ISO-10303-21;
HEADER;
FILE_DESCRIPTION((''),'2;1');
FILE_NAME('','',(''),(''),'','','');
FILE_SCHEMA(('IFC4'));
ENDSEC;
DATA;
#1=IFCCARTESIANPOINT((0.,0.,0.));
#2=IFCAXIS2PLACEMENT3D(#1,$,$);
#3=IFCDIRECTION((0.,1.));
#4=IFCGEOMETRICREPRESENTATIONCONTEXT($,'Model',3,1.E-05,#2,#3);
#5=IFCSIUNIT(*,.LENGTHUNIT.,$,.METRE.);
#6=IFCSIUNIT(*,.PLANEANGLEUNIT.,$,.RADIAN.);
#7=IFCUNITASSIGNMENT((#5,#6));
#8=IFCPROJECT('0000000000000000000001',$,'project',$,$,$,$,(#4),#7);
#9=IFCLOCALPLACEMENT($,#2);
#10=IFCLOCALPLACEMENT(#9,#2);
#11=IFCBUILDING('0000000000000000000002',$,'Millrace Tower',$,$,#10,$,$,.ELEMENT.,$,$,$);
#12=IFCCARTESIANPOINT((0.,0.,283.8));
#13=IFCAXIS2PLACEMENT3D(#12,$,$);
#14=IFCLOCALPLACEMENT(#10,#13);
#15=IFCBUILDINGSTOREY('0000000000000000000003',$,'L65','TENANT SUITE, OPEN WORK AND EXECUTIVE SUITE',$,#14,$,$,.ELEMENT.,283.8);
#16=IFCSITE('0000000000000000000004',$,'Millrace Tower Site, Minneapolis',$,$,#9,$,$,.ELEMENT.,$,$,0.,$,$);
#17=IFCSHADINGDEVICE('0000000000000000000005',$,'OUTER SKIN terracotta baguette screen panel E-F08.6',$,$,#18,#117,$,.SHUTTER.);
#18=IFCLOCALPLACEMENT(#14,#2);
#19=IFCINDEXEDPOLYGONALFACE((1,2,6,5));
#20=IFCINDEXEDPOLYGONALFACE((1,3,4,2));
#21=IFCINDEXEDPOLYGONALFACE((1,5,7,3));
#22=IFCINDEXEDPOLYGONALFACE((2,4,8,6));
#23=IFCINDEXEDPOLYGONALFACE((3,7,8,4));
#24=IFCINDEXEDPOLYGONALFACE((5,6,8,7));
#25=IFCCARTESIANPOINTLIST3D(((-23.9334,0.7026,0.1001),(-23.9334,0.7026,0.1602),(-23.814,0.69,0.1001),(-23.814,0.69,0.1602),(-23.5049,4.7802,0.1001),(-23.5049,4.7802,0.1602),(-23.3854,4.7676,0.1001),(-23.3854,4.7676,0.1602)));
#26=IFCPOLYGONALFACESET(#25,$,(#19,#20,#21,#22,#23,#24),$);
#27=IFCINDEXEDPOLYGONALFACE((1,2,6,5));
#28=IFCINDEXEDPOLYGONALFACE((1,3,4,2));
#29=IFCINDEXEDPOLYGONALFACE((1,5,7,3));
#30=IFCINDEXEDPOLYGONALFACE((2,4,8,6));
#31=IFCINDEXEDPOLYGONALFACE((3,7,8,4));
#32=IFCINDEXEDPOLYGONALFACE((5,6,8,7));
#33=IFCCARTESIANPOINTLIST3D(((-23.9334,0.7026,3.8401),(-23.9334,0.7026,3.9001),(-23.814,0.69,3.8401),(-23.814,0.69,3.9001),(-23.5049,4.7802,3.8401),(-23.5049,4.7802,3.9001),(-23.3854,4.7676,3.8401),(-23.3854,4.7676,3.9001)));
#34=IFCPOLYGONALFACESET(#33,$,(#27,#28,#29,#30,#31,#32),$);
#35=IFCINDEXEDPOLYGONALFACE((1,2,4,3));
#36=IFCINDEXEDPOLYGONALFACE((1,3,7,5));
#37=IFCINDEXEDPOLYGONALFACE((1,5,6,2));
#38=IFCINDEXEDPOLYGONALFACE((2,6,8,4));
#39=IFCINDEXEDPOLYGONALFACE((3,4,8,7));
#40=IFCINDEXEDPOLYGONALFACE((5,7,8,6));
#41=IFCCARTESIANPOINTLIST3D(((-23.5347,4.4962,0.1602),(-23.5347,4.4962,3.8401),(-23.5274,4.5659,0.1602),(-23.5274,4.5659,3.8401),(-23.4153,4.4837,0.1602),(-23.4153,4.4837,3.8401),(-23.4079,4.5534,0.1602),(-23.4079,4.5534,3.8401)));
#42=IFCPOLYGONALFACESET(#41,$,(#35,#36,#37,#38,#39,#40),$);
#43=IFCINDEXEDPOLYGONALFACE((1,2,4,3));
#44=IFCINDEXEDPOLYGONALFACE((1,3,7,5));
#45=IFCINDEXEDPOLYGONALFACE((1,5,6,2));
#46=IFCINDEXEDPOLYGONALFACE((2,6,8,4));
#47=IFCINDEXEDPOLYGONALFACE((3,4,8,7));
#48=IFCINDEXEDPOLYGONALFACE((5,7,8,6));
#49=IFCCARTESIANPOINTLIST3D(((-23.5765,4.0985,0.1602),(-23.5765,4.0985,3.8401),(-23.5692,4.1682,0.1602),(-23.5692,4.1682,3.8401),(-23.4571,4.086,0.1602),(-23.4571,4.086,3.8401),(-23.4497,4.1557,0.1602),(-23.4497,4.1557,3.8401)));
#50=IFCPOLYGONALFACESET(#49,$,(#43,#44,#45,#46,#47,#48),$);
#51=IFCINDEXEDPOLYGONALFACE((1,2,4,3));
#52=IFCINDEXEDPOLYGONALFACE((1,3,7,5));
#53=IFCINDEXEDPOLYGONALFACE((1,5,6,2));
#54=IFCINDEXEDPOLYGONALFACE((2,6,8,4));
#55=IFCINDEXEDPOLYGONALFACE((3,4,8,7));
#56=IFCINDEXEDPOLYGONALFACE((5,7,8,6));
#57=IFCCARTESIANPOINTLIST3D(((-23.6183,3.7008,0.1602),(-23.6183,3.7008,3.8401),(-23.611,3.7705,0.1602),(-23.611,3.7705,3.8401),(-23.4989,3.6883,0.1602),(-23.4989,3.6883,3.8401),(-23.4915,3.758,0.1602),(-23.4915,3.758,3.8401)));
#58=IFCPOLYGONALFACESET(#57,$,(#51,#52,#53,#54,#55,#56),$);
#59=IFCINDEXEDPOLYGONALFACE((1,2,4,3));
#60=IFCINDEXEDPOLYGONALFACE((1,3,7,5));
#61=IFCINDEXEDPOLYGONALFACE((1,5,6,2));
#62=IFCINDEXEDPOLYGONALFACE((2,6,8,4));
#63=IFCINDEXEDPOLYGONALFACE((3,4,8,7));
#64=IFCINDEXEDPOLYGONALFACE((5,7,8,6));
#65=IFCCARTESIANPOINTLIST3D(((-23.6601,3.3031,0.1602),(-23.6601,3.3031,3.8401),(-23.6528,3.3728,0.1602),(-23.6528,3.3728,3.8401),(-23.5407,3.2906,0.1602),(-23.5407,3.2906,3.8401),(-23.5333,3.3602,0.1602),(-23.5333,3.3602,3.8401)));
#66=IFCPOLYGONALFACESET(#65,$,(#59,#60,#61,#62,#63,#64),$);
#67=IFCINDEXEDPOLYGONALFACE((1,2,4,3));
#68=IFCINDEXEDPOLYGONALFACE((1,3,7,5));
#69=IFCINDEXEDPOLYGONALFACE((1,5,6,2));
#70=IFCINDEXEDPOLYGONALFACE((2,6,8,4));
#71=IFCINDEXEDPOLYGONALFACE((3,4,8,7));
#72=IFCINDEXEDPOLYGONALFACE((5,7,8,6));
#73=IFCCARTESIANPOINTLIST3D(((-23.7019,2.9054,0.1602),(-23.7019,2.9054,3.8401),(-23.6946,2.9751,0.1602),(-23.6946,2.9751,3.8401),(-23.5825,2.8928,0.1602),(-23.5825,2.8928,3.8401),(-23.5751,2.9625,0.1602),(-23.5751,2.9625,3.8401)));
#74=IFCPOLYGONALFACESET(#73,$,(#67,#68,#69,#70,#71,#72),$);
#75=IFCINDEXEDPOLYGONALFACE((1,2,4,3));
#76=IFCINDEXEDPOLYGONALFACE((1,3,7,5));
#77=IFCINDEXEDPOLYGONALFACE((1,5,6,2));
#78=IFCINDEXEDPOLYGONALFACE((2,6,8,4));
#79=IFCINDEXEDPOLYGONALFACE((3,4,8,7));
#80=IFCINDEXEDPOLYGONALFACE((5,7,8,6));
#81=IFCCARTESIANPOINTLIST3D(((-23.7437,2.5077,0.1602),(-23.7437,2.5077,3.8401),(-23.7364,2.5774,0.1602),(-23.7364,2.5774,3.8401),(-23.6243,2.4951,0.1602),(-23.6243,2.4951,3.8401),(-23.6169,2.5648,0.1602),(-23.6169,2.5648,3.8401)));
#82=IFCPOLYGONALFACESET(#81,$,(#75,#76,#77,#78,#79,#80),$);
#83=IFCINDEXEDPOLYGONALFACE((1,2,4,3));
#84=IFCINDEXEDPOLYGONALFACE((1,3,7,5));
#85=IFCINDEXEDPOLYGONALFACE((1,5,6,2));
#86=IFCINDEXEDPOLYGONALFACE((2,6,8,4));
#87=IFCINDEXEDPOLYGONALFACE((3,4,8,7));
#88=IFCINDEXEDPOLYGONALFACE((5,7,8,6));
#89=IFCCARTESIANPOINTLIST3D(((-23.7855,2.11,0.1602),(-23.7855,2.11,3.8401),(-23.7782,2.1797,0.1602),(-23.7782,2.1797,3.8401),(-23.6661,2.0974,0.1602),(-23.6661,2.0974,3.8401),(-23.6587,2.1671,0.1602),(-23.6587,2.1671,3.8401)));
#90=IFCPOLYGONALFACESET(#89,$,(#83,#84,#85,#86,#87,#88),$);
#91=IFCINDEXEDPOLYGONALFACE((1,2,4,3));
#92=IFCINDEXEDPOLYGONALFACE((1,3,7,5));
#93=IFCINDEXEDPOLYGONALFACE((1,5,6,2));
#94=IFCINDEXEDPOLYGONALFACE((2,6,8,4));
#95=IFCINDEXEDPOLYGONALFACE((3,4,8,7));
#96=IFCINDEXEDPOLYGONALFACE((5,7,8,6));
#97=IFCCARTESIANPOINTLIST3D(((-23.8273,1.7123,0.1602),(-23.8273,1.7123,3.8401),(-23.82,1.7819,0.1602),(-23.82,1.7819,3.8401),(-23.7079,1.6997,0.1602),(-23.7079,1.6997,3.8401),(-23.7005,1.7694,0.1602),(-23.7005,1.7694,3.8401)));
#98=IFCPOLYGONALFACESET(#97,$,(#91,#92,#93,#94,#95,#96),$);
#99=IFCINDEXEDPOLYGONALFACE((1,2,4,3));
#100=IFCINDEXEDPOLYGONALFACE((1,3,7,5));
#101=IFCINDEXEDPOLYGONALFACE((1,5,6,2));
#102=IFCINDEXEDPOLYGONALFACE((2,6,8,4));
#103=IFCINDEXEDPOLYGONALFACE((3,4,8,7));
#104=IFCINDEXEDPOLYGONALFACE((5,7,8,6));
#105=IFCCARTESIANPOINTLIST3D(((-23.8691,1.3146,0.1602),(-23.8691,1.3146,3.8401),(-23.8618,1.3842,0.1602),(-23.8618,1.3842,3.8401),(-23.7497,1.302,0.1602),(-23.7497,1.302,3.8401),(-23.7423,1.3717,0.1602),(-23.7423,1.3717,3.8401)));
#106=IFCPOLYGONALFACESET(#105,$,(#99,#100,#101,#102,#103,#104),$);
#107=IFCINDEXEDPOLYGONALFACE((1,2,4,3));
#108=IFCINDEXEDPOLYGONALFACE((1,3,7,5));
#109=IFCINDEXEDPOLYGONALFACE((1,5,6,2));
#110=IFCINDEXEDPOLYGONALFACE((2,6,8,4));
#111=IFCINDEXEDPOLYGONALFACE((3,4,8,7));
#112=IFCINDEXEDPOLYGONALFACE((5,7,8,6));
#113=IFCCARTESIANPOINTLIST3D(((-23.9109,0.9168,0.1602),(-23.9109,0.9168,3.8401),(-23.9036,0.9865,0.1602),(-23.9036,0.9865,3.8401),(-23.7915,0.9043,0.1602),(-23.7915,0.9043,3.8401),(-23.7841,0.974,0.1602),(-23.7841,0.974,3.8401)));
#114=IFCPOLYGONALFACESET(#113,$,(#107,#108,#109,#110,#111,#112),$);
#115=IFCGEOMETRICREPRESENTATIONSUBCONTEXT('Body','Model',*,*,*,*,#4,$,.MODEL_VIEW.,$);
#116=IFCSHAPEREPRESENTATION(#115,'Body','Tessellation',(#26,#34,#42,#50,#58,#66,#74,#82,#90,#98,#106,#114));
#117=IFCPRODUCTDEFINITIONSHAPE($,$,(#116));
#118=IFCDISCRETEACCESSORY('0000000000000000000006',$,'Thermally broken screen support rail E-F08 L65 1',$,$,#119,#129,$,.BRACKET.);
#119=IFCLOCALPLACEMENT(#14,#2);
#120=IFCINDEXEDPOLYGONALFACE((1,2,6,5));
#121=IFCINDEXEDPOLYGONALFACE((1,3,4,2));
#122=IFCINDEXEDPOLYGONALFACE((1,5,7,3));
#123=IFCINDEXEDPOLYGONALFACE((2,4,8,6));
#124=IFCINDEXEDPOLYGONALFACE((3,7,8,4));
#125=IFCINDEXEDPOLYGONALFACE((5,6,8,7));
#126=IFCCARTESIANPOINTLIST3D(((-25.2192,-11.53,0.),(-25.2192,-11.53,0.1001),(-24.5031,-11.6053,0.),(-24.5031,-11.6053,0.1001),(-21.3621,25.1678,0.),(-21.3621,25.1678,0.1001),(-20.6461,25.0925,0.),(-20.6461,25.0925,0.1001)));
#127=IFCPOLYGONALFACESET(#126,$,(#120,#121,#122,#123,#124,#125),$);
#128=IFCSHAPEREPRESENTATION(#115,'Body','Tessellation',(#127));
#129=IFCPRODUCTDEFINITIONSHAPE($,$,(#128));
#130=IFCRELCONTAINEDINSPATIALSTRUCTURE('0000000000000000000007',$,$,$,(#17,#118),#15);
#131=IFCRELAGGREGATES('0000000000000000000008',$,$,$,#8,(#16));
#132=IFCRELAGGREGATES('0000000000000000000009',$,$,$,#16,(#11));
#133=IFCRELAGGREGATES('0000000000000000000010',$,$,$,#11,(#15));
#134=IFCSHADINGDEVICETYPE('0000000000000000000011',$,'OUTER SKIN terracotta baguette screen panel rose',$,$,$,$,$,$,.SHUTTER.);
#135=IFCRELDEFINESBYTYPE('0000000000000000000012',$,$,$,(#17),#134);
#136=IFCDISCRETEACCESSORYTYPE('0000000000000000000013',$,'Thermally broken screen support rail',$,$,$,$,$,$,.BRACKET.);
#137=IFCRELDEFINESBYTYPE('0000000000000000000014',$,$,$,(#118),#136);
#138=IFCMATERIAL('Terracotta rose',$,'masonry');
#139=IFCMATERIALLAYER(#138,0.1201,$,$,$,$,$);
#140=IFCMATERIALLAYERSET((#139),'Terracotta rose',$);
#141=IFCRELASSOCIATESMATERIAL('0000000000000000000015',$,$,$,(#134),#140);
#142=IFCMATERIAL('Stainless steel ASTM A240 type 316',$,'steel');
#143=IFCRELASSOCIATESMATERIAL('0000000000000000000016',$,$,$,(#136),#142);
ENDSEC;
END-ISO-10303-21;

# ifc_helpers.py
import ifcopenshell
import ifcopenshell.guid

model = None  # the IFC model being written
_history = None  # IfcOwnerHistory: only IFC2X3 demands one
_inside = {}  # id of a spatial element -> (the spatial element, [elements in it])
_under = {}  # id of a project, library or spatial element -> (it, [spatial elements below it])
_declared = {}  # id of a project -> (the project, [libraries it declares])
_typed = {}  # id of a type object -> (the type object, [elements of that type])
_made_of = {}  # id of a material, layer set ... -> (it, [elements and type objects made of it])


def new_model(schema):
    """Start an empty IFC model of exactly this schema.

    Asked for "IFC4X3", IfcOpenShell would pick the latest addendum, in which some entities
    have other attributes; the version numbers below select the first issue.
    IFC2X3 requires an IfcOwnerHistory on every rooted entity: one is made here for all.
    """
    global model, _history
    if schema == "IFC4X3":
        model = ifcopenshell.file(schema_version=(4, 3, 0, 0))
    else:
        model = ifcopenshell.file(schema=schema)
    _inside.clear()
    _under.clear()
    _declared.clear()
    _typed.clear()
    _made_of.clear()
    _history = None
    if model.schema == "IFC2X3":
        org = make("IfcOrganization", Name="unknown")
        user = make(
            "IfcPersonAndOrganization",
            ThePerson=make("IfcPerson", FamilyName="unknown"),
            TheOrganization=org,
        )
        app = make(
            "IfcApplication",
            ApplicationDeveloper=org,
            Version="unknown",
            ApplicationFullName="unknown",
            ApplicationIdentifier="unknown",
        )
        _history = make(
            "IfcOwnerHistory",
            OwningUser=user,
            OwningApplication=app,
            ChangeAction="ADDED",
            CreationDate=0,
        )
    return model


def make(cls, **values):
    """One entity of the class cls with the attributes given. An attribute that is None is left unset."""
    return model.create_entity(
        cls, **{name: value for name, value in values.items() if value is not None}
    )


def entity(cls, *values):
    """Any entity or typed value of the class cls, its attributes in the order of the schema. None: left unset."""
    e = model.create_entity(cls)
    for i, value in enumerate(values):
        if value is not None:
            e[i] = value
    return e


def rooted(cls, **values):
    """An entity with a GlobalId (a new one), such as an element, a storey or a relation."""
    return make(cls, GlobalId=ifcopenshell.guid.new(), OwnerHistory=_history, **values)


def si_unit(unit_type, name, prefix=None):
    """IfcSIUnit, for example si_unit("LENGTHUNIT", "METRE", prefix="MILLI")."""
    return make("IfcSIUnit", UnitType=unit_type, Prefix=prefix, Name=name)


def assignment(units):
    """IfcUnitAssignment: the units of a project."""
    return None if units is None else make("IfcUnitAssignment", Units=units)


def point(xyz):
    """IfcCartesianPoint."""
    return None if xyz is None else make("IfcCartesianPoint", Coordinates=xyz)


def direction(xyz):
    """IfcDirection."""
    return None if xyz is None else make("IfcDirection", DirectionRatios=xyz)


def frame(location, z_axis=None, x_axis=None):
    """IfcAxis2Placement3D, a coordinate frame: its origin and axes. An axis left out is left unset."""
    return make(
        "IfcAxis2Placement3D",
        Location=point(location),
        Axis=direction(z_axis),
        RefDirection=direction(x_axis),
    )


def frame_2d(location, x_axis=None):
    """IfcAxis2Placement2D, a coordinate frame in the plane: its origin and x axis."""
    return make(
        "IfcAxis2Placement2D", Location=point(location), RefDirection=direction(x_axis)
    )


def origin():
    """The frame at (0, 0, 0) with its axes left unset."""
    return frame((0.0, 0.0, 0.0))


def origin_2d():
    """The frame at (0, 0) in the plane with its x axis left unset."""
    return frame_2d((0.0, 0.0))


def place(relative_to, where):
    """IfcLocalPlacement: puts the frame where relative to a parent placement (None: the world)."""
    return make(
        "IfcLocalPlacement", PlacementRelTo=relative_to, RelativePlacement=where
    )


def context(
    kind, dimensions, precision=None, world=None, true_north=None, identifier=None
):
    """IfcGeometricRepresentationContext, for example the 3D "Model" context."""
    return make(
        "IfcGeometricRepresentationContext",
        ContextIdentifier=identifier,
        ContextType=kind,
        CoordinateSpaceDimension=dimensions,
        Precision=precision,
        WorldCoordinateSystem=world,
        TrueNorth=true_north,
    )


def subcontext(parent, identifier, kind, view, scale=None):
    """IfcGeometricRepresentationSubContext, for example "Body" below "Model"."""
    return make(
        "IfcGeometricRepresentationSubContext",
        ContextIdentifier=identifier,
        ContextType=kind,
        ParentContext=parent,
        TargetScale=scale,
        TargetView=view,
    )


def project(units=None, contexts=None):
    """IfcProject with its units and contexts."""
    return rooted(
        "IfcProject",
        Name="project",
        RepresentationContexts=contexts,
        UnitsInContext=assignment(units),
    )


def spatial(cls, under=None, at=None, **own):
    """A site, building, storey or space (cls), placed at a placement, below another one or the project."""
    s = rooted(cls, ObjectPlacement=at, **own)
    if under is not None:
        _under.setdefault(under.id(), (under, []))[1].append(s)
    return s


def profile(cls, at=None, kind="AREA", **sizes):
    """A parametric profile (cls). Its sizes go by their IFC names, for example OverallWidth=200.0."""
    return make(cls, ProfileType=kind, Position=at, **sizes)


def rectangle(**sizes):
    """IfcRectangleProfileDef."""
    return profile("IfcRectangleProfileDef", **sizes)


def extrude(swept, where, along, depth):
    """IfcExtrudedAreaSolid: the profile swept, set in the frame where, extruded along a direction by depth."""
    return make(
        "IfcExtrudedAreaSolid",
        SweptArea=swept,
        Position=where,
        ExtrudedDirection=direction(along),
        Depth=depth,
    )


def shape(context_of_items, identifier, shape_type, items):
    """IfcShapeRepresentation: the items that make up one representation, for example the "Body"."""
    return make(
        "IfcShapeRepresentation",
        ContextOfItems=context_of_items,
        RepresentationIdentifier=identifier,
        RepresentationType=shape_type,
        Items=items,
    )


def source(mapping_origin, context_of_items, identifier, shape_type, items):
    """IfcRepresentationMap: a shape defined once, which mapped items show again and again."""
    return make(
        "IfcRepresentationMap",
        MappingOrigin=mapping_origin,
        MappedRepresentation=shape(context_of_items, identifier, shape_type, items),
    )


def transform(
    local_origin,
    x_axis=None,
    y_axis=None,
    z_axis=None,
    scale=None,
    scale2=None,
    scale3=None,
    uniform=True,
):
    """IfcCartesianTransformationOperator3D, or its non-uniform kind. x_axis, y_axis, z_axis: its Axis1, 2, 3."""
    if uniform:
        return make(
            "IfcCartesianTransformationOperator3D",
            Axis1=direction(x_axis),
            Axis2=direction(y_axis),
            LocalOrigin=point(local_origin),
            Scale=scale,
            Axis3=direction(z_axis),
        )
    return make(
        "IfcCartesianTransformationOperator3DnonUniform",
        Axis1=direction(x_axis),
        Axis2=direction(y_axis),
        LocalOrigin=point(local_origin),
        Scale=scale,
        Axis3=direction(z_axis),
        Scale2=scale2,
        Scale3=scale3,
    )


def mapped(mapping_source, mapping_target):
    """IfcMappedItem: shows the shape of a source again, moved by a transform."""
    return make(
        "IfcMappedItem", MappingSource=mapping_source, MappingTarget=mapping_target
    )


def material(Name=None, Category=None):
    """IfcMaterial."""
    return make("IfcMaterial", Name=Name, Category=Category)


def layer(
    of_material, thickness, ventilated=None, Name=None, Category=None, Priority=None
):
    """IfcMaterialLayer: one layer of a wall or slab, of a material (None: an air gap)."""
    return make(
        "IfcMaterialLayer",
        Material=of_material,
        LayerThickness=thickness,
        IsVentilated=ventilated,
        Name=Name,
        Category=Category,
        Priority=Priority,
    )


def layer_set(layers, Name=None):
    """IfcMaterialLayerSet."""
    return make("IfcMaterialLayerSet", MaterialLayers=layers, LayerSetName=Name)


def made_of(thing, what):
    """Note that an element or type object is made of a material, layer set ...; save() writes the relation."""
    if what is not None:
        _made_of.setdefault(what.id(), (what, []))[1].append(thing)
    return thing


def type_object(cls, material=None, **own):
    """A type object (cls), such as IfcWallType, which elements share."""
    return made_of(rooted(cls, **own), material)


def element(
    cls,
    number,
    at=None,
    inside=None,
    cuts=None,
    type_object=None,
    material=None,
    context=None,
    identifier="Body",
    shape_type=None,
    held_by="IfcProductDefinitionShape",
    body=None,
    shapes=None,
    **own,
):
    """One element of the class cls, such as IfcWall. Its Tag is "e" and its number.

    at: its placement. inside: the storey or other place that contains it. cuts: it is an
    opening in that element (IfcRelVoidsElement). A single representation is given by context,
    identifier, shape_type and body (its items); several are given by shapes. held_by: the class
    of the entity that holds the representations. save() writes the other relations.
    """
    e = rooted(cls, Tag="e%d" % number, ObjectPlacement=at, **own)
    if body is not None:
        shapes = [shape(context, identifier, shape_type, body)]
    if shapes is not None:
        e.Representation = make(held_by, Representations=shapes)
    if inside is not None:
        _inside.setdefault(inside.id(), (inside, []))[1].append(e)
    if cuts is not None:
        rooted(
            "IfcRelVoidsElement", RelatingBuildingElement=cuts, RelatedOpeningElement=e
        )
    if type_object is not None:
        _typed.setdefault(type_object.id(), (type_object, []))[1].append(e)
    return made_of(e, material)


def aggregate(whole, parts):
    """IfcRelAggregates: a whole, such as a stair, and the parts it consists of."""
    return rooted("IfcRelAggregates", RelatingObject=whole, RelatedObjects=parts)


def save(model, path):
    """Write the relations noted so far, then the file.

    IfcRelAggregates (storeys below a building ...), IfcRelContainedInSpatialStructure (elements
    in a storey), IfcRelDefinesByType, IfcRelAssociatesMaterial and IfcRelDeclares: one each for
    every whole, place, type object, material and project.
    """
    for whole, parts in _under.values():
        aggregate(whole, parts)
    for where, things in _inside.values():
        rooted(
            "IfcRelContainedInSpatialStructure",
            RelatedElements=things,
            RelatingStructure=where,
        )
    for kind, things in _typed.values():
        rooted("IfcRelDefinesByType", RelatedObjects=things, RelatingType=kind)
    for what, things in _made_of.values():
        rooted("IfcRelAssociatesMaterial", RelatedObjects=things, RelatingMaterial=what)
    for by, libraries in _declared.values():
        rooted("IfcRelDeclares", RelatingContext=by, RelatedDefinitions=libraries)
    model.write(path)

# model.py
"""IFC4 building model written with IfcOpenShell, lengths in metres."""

from ifc_helpers import new_model, entity, si_unit, direction, frame, frame_2d, origin, origin_2d, place, context, subcontext, project, spatial, rectangle, extrude, source, transform, mapped, material, layer, layer_set, type_object, element, save


model = new_model("IFC4")

# Units and contexts
model_context = context("Model", 3, precision=1e-05, world=origin(), true_north=direction((0.0, 1.0)))
body_context = subcontext(model_context, "Body", "Model", "MODEL_VIEW")
ifc_project = project(units=[si_unit("LENGTHUNIT", "METRE"), si_unit("PLANEANGLEUNIT", "RADIAN")], contexts=[model_context])

# Site, building, storey
site_placement = place(None, origin())
site = spatial("IfcSite", under=ifc_project, at=site_placement, Name="Millrace Tower Site, Minneapolis", CompositionType="ELEMENT", RefElevation=0.0)
building_placement = place(site_placement, origin())
building = spatial("IfcBuilding", under=site, at=building_placement, Name="Millrace Tower", CompositionType="ELEMENT")
storey_placement = place(building_placement, frame((0.0, 0.0, 283.8)))
storey = spatial("IfcBuildingStorey", under=building, at=storey_placement, Name="L65", Description="TENANT SUITE, OPEN WORK AND EXECUTIVE SUITE", CompositionType="ELEMENT", Elevation=283.8)

# Shading device
ifc_material_1 = material(Name="Terracotta rose", Category="masonry")
ifc_layer_1 = layer(ifc_material_1, 0.1201)
ifc_layer_set_1 = layer_set([ifc_layer_1], Name="Terracotta rose")
shading_device_type = type_object("IfcShadingDeviceType", Name="OUTER SKIN terracotta baguette screen panel rose", PredefinedType="SHUTTER", material=ifc_layer_set_1)
cartesian_point = entity("IfcCartesianPoint", [-2.05, 0.0601])
shared_polyline = entity("IfcPolyline", [cartesian_point, entity("IfcCartesianPoint", [2.05, 0.0601]), entity("IfcCartesianPoint", [2.05, -0.0601]), entity("IfcCartesianPoint", [-2.05, -0.0601]), cartesian_point])
shared_shape = source(origin(), body_context, "Body", "SweptSolid", [
    entity("IfcExtrudedAreaSolid", entity("IfcArbitraryClosedProfileDef", "AREA", None, shared_polyline), entity("IfcAxis2Placement3D", entity("IfcCartesianPoint", [0.0, 0.0, 0.0])), entity("IfcDirection", [0.0, 0.0, 1.0]), 0.0601),
    entity("IfcExtrudedAreaSolid", entity("IfcArbitraryClosedProfileDef", "AREA", None, shared_polyline), entity("IfcAxis2Placement3D", entity("IfcCartesianPoint", [0.0, 0.0, 3.74])), entity("IfcDirection", [0.0, 0.0, 1.0]), 0.0601),
    extrude(rectangle(XDim=0.0701, YDim=0.1201, at=frame_2d((-1.7996, 0.0))), frame((0.0, 0.0, 0.0601)), (0.0, 0.0, 1.0), 3.6799),
    extrude(rectangle(XDim=0.0701, YDim=0.1201, at=frame_2d((-1.3997, 0.0))), frame((0.0, 0.0, 0.0601)), (0.0, 0.0, 1.0), 3.6799),
    extrude(rectangle(XDim=0.0701, YDim=0.1201, at=frame_2d((-0.9998, 0.0))), frame((0.0, 0.0, 0.0601)), (0.0, 0.0, 1.0), 3.6799),
    extrude(rectangle(XDim=0.0701, YDim=0.1201, at=frame_2d((-0.5999, 0.0))), frame((0.0, 0.0, 0.0601)), (0.0, 0.0, 1.0), 3.6799),
    extrude(rectangle(XDim=0.0701, YDim=0.1201, at=frame_2d((-0.2, 0.0))), frame((0.0, 0.0, 0.0601)), (0.0, 0.0, 1.0), 3.6799),
    extrude(rectangle(XDim=0.0701, YDim=0.1201, at=frame_2d((0.2, 0.0))), frame((0.0, 0.0, 0.0601)), (0.0, 0.0, 1.0), 3.6799),
    extrude(rectangle(XDim=0.0701, YDim=0.1201, at=frame_2d((0.5999, 0.0))), frame((0.0, 0.0, 0.0601)), (0.0, 0.0, 1.0), 3.6799),
    extrude(rectangle(XDim=0.0701, YDim=0.1201, at=frame_2d((0.9998, 0.0))), frame((0.0, 0.0, 0.0601)), (0.0, 0.0, 1.0), 3.6799),
    extrude(rectangle(XDim=0.0701, YDim=0.1201, at=frame_2d((1.3997, 0.0))), frame((0.0, 0.0, 0.0601)), (0.0, 0.0, 1.0), 3.6799),
    extrude(rectangle(XDim=0.0701, YDim=0.1201, at=frame_2d((1.7996, 0.0))), frame((0.0, 0.0, 0.0601)), (0.0, 0.0, 1.0), 3.6799),
])
for number, where, z_axis, x_axis, name in (
    (1, (-23.6594, 2.7351, 0.1001), (0.0, 0.0, 1.0), (-0.104528, -0.994522, 0.0), "OUTER SKIN terracotta baguette screen panel E-F08.6"),
):
    element("IfcShadingDevice", number, at=place(storey_placement, frame(where, z_axis=z_axis, x_axis=x_axis)), inside=storey, type_object=shading_device_type, Name=name, PredefinedType="SHUTTER", context=body_context, shape_type="MappedRepresentation", body=[
        mapped(shared_shape, transform((0.0, 0.0, 0.0), scale=1.0)),
    ])

# Discrete accessory
ifc_material_2 = material(Name="Stainless steel ASTM A240 type 316", Category="steel")
discrete_accessory_type = type_object("IfcDiscreteAccessoryType", Name="Thermally broken screen support rail", PredefinedType="BRACKET", material=ifc_material_2)
discrete_accessory_placement = place(storey_placement, frame((-22.9326, 6.7812, 0.0), z_axis=(0.0, 0.0, 1.0), x_axis=(-0.104528, -0.994522, 0.0)))
element("IfcDiscreteAccessory", 2, at=discrete_accessory_placement, inside=storey, type_object=discrete_accessory_type, Name="Thermally broken screen support rail E-F08 L65 1", PredefinedType="BRACKET", context=body_context, shape_type="SweptSolid", body=[
    extrude(rectangle(XDim=36.8999, YDim=0.72, at=origin_2d()), origin(), (0.0, 0.0, 1.0), 0.1001),
])

save(model, "model.ifc")
